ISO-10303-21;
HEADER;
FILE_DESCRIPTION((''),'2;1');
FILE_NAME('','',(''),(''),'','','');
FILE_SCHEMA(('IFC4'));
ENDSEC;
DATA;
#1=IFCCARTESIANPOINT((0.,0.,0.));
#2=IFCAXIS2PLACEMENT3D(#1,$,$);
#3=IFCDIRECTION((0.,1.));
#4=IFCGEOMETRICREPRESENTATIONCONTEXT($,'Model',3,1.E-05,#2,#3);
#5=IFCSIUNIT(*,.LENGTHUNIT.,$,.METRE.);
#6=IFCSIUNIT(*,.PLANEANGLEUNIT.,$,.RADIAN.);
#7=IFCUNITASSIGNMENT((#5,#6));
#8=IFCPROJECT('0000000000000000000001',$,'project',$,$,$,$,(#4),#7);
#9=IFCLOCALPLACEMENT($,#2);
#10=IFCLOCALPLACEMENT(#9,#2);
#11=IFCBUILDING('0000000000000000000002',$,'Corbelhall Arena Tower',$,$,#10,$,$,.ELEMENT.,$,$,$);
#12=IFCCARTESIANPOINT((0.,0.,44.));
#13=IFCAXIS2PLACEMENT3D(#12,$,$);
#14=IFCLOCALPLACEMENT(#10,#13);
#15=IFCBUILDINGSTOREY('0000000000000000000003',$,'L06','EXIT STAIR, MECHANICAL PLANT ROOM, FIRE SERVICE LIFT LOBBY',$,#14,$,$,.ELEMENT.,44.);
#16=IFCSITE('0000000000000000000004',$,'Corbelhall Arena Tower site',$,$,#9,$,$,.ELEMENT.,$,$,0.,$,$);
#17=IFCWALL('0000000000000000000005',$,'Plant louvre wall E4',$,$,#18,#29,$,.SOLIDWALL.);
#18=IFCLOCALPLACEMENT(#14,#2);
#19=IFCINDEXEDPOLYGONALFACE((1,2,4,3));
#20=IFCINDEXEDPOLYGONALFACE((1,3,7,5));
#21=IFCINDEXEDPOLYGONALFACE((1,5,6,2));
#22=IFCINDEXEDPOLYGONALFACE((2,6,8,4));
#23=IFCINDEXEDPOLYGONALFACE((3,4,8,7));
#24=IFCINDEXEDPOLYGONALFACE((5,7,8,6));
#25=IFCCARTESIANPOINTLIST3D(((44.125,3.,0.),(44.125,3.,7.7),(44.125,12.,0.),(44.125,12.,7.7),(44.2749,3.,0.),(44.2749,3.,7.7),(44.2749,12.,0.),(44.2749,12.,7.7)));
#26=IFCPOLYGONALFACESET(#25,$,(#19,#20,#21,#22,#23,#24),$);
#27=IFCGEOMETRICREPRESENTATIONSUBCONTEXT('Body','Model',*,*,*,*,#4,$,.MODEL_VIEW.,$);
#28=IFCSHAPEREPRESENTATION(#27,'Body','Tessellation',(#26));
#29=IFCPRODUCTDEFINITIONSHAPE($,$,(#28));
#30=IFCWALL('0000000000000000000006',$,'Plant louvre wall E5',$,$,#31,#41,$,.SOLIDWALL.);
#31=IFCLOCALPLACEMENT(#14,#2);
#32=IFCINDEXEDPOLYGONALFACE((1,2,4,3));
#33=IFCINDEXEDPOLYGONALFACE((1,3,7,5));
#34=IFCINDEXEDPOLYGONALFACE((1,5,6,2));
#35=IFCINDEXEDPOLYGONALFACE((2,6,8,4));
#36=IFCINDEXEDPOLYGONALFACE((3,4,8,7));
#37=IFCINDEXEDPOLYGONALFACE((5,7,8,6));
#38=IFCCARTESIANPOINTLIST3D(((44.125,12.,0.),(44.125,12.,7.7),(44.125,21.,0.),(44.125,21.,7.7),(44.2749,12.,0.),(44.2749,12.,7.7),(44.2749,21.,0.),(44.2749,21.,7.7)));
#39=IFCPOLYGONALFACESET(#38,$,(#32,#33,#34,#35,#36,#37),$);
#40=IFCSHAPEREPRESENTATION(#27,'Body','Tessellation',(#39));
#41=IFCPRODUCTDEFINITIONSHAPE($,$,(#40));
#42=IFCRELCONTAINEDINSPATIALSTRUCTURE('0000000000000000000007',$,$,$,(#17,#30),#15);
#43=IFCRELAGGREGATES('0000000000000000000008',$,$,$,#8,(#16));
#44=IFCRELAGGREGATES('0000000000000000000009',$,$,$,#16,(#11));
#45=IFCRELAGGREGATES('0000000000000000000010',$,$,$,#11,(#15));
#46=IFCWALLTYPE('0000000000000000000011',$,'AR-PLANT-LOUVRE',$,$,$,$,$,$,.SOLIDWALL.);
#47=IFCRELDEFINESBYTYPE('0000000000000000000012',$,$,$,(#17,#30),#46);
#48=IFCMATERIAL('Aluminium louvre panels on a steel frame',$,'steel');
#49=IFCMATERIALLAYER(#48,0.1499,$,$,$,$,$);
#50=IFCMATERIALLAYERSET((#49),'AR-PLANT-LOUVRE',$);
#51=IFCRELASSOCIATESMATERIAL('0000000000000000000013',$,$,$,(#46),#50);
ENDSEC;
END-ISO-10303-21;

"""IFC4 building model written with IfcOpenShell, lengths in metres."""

from ifc_helpers import new_model, si_unit, direction, frame, frame_2d, origin, place, context, subcontext, project, spatial, rectangle, extrude, material, layer, layer_set, type_object, element, save


model = new_model("IFC4")

# Units and contexts
model_context = context("Model", 3, precision=1e-05, world=origin(), true_north=direction((0.0, 1.0)))
body_context = subcontext(model_context, "Body", "Model", "MODEL_VIEW")
ifc_project = project(units=[si_unit("LENGTHUNIT", "METRE"), si_unit("PLANEANGLEUNIT", "RADIAN")], contexts=[model_context])

# Site, building, storey
site_placement = place(None, origin())
site = spatial("IfcSite", under=ifc_project, at=site_placement, Name="Corbelhall Arena Tower site", CompositionType="ELEMENT", RefElevation=0.0)
building_placement = place(site_placement, origin())
building = spatial("IfcBuilding", under=site, at=building_placement, Name="Corbelhall Arena Tower", CompositionType="ELEMENT")
storey_placement = place(building_placement, frame((0.0, 0.0, 44.0)))
storey = spatial("IfcBuildingStorey", under=building, at=storey_placement, Name="L06", Description="EXIT STAIR, MECHANICAL PLANT ROOM, FIRE SERVICE LIFT LOBBY", CompositionType="ELEMENT", Elevation=44.0)

# Walls
ifc_material_1 = material(Name="Aluminium louvre panels on a steel frame", Category="steel")
ifc_layer = layer(ifc_material_1, 0.1499)
ifc_layer_set = layer_set([ifc_layer], Name="AR-PLANT-LOUVRE")
wall_type = type_object("IfcWallType", Name="AR-PLANT-LOUVRE", PredefinedType="SOLIDWALL", material=ifc_layer_set)
for number, where, z_axis, x_axis, name in (
    (1, (44.2, 3.0, 0.0), (0.0, 0.0, 1.0), (0.0, 1.0, 0.0), "Plant louvre wall E4"),
    (2, (44.2, 12.0, 0.0), (0.0, 0.0, 1.0), (0.0, 1.0, 0.0), "Plant louvre wall E5"),
):
    element("IfcWall", number, at=place(storey_placement, frame(where, z_axis=z_axis, x_axis=x_axis)), inside=storey, type_object=wall_type, Name=name, PredefinedType="SOLIDWALL", context=body_context, shape_type="SweptSolid", body=[
        extrude(rectangle(XDim=9.0, YDim=0.1499, at=frame_2d((4.5, 0.0))), origin(), (0.0, 0.0, 1.0), 7.7),
    ])

save(model, "model.ifc")
